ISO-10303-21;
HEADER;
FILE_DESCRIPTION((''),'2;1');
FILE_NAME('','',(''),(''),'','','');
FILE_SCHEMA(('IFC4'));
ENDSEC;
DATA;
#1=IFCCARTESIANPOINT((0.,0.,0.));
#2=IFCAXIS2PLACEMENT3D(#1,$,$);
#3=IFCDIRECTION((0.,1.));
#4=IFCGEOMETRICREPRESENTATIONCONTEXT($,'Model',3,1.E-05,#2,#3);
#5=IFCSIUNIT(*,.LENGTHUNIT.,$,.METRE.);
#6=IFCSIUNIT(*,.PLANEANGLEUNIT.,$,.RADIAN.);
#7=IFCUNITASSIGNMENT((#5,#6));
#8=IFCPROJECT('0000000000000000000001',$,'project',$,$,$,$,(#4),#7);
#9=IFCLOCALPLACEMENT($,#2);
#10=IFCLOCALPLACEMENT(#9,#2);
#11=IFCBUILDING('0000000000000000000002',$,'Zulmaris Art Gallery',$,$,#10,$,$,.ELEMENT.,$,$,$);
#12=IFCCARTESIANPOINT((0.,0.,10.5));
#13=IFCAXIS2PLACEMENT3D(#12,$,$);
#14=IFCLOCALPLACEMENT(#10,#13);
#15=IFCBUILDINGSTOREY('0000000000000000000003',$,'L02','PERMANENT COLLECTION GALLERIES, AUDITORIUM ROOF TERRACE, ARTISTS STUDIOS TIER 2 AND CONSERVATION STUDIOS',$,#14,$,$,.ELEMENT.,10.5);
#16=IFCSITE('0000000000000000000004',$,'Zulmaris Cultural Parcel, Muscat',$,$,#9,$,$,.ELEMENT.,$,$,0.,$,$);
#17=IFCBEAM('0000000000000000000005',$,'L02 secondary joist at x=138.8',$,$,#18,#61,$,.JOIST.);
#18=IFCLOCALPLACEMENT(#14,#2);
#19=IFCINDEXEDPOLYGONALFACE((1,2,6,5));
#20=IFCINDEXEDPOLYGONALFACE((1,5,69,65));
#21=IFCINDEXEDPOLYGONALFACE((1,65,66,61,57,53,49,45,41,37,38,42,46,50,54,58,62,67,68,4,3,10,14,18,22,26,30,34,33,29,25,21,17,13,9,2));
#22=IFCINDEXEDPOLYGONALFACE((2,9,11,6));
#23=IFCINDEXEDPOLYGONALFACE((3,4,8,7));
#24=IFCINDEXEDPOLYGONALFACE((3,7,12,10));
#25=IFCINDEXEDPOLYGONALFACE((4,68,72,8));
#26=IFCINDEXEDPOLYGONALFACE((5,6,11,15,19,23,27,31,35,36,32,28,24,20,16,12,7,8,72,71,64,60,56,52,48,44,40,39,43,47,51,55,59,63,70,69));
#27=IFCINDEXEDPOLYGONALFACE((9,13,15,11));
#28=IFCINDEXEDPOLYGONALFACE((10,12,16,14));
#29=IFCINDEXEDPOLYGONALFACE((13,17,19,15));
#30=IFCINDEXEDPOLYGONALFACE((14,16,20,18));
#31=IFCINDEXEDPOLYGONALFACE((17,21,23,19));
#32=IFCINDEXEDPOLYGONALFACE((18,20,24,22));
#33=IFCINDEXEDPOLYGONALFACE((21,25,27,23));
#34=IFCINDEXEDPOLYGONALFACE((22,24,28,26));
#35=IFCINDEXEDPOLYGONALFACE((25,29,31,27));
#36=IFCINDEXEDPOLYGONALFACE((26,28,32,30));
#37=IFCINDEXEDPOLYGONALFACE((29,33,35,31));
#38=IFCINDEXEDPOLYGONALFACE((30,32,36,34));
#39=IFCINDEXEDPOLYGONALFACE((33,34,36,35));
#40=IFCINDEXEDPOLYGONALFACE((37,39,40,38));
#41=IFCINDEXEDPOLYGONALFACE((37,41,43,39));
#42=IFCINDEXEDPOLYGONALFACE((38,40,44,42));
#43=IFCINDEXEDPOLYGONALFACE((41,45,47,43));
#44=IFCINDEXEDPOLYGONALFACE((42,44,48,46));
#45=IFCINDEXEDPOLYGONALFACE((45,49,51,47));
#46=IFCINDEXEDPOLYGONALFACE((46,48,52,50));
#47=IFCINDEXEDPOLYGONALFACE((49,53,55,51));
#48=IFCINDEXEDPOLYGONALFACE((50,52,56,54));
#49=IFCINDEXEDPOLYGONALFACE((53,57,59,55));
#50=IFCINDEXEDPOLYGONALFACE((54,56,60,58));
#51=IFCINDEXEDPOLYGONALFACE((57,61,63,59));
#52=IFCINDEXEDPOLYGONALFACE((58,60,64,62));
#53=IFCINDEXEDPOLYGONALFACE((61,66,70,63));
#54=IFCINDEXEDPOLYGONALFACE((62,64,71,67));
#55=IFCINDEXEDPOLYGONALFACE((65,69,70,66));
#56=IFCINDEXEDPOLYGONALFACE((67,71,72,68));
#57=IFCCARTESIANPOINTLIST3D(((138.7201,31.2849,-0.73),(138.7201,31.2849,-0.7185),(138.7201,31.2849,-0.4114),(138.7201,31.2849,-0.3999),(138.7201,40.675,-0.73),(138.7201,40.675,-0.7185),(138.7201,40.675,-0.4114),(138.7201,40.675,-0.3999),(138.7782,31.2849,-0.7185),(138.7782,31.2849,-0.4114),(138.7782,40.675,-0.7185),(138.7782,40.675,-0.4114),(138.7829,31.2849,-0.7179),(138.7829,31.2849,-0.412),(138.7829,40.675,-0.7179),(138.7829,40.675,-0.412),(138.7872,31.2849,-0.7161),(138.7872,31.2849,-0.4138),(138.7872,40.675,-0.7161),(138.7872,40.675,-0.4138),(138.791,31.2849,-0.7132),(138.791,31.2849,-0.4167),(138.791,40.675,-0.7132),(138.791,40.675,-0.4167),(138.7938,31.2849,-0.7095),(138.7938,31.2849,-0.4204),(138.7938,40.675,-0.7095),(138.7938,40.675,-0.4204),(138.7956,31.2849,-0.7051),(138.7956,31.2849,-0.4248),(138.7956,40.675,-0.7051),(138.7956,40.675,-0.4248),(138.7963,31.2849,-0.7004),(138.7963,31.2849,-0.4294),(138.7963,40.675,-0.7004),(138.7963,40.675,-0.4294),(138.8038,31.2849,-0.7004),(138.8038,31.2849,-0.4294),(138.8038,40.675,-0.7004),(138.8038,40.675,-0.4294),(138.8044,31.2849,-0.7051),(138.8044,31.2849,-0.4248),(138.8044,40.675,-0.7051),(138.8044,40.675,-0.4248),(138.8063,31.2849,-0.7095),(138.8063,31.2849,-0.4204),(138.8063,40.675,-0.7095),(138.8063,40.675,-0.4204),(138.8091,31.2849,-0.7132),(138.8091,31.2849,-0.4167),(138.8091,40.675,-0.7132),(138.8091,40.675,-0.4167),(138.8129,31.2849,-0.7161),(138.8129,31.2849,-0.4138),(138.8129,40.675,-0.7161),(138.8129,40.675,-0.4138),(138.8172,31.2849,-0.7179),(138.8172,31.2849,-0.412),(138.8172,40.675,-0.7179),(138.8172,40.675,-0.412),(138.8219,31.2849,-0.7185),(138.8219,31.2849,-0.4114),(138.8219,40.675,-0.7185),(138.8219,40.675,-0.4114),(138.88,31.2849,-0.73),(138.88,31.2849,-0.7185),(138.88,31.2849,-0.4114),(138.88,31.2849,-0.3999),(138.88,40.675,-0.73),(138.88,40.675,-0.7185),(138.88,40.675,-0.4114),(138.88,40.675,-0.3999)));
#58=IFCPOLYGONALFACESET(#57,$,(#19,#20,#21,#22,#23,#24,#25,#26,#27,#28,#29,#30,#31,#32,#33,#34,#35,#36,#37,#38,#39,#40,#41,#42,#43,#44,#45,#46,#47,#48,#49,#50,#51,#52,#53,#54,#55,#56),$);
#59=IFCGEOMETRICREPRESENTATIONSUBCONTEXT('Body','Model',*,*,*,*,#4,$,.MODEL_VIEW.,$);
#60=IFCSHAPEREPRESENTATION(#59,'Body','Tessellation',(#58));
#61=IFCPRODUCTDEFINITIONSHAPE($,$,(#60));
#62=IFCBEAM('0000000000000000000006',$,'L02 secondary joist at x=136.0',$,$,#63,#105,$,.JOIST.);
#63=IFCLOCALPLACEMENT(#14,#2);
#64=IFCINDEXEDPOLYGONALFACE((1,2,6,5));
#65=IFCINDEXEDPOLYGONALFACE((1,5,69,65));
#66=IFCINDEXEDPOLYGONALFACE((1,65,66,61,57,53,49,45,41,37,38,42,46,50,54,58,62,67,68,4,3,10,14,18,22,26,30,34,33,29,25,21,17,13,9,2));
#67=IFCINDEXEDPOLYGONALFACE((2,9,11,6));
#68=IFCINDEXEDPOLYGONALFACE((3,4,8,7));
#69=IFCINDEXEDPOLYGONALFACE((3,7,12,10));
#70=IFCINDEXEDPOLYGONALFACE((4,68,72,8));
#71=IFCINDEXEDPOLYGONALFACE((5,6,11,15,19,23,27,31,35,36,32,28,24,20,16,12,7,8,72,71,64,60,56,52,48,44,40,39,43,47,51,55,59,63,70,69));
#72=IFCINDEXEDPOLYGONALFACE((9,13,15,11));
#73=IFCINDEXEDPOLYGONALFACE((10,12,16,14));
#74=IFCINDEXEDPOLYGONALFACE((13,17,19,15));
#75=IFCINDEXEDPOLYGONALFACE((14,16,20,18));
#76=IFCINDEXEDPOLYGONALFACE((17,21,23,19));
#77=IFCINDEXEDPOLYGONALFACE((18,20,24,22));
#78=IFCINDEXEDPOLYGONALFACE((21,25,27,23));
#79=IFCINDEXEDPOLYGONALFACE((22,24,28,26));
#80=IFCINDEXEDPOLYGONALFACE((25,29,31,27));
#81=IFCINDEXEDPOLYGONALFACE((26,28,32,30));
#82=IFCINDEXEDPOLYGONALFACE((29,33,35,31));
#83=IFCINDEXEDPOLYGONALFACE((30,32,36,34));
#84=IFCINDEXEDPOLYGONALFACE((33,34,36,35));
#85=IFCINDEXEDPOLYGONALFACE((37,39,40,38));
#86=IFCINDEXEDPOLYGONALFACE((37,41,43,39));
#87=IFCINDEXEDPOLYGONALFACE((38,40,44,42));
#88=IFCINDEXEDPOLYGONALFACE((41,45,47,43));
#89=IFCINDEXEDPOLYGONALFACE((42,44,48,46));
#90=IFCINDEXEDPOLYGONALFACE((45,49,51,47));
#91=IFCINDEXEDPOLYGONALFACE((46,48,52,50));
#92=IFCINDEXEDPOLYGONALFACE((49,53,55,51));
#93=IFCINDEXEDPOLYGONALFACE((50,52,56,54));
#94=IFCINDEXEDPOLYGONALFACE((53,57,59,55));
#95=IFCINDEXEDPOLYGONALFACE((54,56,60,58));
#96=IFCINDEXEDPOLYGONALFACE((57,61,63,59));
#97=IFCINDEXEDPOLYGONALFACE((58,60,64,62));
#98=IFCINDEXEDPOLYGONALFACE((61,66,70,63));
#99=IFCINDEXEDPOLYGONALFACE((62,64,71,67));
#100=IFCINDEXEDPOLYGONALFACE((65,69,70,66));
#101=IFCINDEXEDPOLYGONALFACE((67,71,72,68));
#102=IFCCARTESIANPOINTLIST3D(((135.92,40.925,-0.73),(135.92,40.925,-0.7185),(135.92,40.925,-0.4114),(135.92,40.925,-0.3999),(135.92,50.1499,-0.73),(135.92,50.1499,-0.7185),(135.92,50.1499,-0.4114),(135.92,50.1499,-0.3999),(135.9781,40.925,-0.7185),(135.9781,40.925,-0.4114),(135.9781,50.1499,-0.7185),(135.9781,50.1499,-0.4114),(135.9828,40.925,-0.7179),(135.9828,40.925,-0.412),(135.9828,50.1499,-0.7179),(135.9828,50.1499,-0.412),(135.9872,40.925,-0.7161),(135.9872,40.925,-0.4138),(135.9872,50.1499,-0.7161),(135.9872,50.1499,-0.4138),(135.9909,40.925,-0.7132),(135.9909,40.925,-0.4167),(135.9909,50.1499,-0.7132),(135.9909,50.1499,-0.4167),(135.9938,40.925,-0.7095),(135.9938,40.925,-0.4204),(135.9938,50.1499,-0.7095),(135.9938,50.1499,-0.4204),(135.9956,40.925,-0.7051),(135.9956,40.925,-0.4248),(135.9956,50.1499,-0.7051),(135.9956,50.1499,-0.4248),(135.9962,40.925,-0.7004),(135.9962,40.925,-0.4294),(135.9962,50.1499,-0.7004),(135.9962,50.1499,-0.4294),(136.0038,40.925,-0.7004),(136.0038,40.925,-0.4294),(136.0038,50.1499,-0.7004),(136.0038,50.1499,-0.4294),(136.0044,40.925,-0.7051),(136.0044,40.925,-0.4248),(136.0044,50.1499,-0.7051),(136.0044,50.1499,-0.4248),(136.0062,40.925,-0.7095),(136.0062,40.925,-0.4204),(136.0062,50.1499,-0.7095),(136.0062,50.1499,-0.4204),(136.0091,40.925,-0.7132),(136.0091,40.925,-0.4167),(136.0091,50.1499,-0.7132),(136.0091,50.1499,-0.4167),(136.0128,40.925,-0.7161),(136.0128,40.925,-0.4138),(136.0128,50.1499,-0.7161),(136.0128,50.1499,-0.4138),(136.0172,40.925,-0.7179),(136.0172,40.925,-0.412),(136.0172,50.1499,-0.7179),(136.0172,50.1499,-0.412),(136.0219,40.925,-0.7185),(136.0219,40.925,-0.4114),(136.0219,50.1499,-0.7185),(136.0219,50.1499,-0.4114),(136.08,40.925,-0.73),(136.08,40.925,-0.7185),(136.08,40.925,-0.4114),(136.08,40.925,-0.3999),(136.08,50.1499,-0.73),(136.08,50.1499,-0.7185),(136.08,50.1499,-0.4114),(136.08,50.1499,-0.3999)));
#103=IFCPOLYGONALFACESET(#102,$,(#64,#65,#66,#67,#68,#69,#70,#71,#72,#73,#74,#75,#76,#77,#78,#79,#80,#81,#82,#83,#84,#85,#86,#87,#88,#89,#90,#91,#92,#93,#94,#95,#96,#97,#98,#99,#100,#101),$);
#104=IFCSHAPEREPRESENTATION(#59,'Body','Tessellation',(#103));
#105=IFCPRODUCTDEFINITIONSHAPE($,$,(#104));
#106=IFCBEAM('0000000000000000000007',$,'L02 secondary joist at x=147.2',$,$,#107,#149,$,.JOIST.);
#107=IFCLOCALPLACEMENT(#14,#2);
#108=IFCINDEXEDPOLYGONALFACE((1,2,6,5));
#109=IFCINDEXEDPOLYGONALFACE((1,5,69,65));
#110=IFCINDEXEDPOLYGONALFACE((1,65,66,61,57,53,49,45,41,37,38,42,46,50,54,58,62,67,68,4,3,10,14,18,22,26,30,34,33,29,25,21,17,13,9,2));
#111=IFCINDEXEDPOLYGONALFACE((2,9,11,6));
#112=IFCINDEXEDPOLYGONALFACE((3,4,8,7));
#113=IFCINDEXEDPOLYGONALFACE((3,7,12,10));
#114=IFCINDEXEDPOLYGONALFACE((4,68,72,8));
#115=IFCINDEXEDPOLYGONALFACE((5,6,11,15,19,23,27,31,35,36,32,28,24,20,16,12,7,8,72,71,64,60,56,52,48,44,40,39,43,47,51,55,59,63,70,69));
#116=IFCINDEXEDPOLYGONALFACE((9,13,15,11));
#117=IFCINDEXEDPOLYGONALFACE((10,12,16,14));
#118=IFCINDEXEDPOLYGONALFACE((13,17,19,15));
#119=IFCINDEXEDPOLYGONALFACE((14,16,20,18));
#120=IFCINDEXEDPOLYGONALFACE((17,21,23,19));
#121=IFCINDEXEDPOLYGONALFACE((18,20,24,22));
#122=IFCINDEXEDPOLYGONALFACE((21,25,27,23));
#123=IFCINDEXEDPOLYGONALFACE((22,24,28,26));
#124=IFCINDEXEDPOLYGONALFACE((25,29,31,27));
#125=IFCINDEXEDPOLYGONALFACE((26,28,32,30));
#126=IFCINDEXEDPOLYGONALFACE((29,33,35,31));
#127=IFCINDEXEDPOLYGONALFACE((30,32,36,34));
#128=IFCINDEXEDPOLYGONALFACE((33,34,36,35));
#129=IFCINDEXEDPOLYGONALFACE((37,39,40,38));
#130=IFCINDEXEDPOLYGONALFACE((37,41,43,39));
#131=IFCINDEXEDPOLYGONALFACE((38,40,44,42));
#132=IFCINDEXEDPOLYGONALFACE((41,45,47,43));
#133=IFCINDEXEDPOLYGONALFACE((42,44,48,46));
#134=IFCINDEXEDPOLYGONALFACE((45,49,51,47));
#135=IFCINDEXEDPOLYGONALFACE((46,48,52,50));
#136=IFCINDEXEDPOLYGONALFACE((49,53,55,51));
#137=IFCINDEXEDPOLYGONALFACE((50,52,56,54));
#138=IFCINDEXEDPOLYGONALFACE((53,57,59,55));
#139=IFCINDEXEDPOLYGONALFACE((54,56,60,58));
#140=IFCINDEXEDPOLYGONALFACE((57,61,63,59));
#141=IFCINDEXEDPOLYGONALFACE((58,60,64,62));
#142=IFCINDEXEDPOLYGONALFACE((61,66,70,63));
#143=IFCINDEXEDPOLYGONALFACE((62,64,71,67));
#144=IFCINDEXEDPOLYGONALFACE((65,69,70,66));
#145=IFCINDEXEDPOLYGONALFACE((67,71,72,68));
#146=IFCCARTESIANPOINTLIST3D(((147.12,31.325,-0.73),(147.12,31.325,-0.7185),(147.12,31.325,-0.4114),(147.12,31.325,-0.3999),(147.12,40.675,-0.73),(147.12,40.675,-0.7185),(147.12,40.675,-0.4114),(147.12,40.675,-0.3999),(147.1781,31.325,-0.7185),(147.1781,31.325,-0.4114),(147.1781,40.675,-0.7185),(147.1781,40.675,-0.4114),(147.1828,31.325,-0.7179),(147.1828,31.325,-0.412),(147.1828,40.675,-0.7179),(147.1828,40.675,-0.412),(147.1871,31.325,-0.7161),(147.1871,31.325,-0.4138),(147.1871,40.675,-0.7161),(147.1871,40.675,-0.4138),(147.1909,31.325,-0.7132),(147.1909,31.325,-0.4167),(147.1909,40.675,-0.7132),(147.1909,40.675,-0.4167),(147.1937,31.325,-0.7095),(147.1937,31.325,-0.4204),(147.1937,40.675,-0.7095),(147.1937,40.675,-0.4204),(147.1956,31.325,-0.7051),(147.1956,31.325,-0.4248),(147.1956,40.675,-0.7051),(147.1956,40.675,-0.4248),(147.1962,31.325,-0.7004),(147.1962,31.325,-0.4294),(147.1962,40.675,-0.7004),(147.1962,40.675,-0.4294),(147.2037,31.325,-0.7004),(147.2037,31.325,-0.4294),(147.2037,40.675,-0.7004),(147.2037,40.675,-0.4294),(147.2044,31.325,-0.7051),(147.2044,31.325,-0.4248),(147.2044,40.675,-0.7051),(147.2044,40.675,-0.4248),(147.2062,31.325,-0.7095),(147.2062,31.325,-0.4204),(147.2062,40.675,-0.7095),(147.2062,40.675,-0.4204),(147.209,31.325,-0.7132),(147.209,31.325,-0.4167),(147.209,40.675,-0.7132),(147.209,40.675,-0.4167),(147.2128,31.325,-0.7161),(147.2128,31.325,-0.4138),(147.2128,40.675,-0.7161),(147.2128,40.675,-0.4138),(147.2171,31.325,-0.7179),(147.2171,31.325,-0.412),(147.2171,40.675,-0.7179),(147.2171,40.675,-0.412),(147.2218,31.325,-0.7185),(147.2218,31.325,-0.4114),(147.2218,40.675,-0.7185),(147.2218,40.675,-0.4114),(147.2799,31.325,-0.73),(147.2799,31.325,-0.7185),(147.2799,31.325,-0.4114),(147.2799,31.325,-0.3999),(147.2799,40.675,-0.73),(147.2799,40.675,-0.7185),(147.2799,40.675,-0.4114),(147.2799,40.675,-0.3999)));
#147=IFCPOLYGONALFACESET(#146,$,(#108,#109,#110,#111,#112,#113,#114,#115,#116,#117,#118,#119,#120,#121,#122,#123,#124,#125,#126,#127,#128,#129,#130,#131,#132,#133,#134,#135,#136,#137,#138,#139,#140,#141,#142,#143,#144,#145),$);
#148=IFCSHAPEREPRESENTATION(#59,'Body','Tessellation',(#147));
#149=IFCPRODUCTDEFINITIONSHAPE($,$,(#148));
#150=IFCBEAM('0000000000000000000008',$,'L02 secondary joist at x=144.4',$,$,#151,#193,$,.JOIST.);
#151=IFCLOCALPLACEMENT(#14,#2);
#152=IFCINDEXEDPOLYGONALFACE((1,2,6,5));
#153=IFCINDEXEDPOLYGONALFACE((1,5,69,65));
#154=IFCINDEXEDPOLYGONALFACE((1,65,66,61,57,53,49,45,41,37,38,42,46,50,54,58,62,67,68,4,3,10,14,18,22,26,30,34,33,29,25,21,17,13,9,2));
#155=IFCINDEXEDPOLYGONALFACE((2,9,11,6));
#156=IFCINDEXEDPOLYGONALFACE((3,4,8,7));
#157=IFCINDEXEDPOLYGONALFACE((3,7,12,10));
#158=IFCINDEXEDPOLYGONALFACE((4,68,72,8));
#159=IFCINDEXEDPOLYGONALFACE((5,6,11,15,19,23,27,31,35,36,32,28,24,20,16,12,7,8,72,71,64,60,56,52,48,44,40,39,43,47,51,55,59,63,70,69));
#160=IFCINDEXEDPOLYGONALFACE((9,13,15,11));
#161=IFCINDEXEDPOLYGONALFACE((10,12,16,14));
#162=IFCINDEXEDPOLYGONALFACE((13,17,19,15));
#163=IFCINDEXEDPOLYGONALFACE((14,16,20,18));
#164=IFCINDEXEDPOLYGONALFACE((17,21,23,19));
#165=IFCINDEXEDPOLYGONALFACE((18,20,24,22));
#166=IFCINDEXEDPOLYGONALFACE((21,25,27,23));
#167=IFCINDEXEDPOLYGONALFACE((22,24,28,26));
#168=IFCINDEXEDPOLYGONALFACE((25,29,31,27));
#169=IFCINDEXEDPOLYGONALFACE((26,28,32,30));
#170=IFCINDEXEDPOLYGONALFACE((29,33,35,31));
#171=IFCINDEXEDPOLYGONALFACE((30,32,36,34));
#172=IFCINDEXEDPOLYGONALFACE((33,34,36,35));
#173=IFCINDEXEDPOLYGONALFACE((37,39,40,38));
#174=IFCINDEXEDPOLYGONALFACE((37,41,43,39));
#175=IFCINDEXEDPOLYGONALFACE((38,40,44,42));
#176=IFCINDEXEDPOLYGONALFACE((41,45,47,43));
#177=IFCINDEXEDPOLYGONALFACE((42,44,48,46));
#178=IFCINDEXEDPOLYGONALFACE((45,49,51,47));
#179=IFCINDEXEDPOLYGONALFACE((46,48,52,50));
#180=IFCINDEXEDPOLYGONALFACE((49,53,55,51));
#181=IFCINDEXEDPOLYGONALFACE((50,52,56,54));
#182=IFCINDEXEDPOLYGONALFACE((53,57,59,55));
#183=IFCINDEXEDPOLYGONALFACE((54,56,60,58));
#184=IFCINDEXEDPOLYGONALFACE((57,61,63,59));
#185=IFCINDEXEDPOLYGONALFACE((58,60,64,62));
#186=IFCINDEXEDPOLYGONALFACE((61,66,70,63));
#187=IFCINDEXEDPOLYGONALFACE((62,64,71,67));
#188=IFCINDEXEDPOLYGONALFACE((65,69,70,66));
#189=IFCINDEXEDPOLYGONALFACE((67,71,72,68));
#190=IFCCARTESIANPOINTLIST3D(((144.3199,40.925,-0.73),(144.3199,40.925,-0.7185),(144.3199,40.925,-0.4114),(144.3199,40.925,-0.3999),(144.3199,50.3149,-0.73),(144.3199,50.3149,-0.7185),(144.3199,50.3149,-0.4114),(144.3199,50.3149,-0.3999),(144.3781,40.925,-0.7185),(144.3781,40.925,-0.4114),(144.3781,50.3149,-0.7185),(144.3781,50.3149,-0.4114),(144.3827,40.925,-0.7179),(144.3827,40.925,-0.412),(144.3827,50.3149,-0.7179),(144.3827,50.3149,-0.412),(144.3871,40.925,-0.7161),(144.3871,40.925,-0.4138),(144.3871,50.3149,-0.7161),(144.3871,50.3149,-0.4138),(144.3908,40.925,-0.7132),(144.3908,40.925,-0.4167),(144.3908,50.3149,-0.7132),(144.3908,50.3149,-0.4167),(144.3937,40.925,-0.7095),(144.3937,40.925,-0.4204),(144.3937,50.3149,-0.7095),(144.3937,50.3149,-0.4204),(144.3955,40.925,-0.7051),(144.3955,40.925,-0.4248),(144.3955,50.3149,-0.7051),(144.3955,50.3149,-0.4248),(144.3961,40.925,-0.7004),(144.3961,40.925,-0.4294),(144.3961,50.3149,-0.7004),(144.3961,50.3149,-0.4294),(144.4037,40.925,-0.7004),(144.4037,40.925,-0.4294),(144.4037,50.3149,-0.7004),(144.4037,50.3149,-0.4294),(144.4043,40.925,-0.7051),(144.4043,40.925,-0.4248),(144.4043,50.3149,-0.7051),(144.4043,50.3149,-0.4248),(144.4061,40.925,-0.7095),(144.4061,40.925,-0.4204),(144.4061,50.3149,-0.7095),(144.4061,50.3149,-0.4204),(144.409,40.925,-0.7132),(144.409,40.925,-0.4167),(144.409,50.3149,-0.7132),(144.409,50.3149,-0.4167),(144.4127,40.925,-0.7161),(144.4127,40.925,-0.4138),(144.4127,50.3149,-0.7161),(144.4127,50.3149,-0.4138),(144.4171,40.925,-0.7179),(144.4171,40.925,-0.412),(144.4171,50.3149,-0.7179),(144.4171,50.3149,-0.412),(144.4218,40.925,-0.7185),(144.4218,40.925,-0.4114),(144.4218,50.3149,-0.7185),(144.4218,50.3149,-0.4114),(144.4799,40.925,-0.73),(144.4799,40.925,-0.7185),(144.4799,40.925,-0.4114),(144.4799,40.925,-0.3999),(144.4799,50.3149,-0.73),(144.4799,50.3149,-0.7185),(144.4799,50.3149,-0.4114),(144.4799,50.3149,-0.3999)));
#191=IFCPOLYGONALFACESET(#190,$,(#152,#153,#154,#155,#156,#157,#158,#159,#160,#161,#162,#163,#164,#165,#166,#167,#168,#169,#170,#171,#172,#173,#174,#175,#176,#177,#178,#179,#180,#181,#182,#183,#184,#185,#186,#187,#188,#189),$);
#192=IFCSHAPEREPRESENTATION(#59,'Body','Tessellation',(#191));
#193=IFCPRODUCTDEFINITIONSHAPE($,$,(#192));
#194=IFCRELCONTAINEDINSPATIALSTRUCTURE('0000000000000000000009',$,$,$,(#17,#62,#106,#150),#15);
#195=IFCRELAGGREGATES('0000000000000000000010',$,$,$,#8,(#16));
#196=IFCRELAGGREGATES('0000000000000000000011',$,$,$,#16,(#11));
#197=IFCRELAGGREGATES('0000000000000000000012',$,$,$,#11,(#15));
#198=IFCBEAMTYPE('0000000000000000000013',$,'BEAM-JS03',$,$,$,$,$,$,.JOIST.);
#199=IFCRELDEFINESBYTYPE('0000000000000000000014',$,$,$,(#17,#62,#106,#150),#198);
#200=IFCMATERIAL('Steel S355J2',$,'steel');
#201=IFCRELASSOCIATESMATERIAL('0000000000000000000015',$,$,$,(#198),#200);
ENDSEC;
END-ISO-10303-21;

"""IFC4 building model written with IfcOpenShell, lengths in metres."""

from ifc_helpers import new_model, si_unit, direction, frame, origin, origin_2d, place, context, subcontext, project, spatial, i_section, extrude, material, material_profile, profile_set, type_object, element, save


model = new_model("IFC4")

# Units and contexts
model_context = context("Model", 3, precision=1e-05, world=origin(), true_north=direction((0.0, 1.0)))
body_context = subcontext(model_context, "Body", "Model", "MODEL_VIEW")
ifc_project = project(units=[si_unit("LENGTHUNIT", "METRE"), si_unit("PLANEANGLEUNIT", "RADIAN")], contexts=[model_context])

# Site, building, storey
site_placement = place(None, origin())
site = spatial("IfcSite", under=ifc_project, at=site_placement, Name="Zulmaris Cultural Parcel, Muscat", CompositionType="ELEMENT", RefElevation=0.0)
building_placement = place(site_placement, origin())
building = spatial("IfcBuilding", under=site, at=building_placement, Name="Zulmaris Art Gallery", CompositionType="ELEMENT")
storey_placement = place(building_placement, frame((0.0, 0.0, 10.5)))
storey = spatial("IfcBuildingStorey", under=building, at=storey_placement, Name="L02", Description="PERMANENT COLLECTION GALLERIES, AUDITORIUM ROOF TERRACE, ARTISTS STUDIOS TIER 2 AND CONSERVATION STUDIOS", CompositionType="ELEMENT", Elevation=10.5)

# Beams
ifc_material_1 = material(Name="Steel S355J2", Category="steel")
ifc_material_profile_1 = material_profile(ifc_material_1, i_section(OverallWidth=0.1599, OverallDepth=0.3301, WebThickness=0.0076, FlangeThickness=0.0115, FilletRadius=0.0181, at=origin_2d()), Name="IPE 330")
ifc_profile_set_1 = profile_set([ifc_material_profile_1], Name="Steel S355J2")
beam_type_1 = type_object("IfcBeamType", Name="BEAM-JS03", PredefinedType="JOIST", material=ifc_profile_set_1)
beam_1_placement = place(storey_placement, frame((138.8, 31.2849, -0.5649), z_axis=(0.0, 1.0, 0.0), x_axis=(-1.0, 0.0, 0.0)))
element("IfcBeam", 1, at=beam_1_placement, inside=storey, type_object=beam_type_1, Name="L02 secondary joist at x=138.8", PredefinedType="JOIST", context=body_context, shape_type="SweptSolid", body=[
    extrude(i_section(OverallWidth=0.1599, OverallDepth=0.3301, WebThickness=0.0076, FlangeThickness=0.0115, FilletRadius=0.0181, at=origin_2d()), origin(), (0.0, 0.0, 1.0), 9.3901),
])
beam_2_placement = place(storey_placement, frame((136.0, 40.925, -0.5649), z_axis=(0.0, 1.0, 0.0), x_axis=(-1.0, 0.0, 0.0)))
element("IfcBeam", 2, at=beam_2_placement, inside=storey, type_object=beam_type_1, Name="L02 secondary joist at x=136.0", PredefinedType="JOIST", context=body_context, shape_type="SweptSolid", body=[
    extrude(i_section(OverallWidth=0.1599, OverallDepth=0.3301, WebThickness=0.0076, FlangeThickness=0.0115, FilletRadius=0.0181, at=origin_2d()), origin(), (0.0, 0.0, 1.0), 9.2249),
])
beam_3_placement = place(storey_placement, frame((147.2, 31.325, -0.5649), z_axis=(0.0, 1.0, 0.0), x_axis=(-1.0, 0.0, 0.0)))
element("IfcBeam", 3, at=beam_3_placement, inside=storey, type_object=beam_type_1, Name="L02 secondary joist at x=147.2", PredefinedType="JOIST", context=body_context, shape_type="SweptSolid", body=[
    extrude(i_section(OverallWidth=0.1599, OverallDepth=0.3301, WebThickness=0.0076, FlangeThickness=0.0115, FilletRadius=0.0181, at=origin_2d()), origin(), (0.0, 0.0, 1.0), 9.3501),
])
beam_4_placement = place(storey_placement, frame((144.3999, 40.925, -0.5649), z_axis=(0.0, 1.0, 0.0), x_axis=(-1.0, 0.0, 0.0)))
element("IfcBeam", 4, at=beam_4_placement, inside=storey, type_object=beam_type_1, Name="L02 secondary joist at x=144.4", PredefinedType="JOIST", context=body_context, shape_type="SweptSolid", body=[
    extrude(i_section(OverallWidth=0.1599, OverallDepth=0.3301, WebThickness=0.0076, FlangeThickness=0.0115, FilletRadius=0.0181, at=origin_2d()), origin(), (0.0, 0.0, 1.0), 9.3899),
])

save(model, "model.ifc")
